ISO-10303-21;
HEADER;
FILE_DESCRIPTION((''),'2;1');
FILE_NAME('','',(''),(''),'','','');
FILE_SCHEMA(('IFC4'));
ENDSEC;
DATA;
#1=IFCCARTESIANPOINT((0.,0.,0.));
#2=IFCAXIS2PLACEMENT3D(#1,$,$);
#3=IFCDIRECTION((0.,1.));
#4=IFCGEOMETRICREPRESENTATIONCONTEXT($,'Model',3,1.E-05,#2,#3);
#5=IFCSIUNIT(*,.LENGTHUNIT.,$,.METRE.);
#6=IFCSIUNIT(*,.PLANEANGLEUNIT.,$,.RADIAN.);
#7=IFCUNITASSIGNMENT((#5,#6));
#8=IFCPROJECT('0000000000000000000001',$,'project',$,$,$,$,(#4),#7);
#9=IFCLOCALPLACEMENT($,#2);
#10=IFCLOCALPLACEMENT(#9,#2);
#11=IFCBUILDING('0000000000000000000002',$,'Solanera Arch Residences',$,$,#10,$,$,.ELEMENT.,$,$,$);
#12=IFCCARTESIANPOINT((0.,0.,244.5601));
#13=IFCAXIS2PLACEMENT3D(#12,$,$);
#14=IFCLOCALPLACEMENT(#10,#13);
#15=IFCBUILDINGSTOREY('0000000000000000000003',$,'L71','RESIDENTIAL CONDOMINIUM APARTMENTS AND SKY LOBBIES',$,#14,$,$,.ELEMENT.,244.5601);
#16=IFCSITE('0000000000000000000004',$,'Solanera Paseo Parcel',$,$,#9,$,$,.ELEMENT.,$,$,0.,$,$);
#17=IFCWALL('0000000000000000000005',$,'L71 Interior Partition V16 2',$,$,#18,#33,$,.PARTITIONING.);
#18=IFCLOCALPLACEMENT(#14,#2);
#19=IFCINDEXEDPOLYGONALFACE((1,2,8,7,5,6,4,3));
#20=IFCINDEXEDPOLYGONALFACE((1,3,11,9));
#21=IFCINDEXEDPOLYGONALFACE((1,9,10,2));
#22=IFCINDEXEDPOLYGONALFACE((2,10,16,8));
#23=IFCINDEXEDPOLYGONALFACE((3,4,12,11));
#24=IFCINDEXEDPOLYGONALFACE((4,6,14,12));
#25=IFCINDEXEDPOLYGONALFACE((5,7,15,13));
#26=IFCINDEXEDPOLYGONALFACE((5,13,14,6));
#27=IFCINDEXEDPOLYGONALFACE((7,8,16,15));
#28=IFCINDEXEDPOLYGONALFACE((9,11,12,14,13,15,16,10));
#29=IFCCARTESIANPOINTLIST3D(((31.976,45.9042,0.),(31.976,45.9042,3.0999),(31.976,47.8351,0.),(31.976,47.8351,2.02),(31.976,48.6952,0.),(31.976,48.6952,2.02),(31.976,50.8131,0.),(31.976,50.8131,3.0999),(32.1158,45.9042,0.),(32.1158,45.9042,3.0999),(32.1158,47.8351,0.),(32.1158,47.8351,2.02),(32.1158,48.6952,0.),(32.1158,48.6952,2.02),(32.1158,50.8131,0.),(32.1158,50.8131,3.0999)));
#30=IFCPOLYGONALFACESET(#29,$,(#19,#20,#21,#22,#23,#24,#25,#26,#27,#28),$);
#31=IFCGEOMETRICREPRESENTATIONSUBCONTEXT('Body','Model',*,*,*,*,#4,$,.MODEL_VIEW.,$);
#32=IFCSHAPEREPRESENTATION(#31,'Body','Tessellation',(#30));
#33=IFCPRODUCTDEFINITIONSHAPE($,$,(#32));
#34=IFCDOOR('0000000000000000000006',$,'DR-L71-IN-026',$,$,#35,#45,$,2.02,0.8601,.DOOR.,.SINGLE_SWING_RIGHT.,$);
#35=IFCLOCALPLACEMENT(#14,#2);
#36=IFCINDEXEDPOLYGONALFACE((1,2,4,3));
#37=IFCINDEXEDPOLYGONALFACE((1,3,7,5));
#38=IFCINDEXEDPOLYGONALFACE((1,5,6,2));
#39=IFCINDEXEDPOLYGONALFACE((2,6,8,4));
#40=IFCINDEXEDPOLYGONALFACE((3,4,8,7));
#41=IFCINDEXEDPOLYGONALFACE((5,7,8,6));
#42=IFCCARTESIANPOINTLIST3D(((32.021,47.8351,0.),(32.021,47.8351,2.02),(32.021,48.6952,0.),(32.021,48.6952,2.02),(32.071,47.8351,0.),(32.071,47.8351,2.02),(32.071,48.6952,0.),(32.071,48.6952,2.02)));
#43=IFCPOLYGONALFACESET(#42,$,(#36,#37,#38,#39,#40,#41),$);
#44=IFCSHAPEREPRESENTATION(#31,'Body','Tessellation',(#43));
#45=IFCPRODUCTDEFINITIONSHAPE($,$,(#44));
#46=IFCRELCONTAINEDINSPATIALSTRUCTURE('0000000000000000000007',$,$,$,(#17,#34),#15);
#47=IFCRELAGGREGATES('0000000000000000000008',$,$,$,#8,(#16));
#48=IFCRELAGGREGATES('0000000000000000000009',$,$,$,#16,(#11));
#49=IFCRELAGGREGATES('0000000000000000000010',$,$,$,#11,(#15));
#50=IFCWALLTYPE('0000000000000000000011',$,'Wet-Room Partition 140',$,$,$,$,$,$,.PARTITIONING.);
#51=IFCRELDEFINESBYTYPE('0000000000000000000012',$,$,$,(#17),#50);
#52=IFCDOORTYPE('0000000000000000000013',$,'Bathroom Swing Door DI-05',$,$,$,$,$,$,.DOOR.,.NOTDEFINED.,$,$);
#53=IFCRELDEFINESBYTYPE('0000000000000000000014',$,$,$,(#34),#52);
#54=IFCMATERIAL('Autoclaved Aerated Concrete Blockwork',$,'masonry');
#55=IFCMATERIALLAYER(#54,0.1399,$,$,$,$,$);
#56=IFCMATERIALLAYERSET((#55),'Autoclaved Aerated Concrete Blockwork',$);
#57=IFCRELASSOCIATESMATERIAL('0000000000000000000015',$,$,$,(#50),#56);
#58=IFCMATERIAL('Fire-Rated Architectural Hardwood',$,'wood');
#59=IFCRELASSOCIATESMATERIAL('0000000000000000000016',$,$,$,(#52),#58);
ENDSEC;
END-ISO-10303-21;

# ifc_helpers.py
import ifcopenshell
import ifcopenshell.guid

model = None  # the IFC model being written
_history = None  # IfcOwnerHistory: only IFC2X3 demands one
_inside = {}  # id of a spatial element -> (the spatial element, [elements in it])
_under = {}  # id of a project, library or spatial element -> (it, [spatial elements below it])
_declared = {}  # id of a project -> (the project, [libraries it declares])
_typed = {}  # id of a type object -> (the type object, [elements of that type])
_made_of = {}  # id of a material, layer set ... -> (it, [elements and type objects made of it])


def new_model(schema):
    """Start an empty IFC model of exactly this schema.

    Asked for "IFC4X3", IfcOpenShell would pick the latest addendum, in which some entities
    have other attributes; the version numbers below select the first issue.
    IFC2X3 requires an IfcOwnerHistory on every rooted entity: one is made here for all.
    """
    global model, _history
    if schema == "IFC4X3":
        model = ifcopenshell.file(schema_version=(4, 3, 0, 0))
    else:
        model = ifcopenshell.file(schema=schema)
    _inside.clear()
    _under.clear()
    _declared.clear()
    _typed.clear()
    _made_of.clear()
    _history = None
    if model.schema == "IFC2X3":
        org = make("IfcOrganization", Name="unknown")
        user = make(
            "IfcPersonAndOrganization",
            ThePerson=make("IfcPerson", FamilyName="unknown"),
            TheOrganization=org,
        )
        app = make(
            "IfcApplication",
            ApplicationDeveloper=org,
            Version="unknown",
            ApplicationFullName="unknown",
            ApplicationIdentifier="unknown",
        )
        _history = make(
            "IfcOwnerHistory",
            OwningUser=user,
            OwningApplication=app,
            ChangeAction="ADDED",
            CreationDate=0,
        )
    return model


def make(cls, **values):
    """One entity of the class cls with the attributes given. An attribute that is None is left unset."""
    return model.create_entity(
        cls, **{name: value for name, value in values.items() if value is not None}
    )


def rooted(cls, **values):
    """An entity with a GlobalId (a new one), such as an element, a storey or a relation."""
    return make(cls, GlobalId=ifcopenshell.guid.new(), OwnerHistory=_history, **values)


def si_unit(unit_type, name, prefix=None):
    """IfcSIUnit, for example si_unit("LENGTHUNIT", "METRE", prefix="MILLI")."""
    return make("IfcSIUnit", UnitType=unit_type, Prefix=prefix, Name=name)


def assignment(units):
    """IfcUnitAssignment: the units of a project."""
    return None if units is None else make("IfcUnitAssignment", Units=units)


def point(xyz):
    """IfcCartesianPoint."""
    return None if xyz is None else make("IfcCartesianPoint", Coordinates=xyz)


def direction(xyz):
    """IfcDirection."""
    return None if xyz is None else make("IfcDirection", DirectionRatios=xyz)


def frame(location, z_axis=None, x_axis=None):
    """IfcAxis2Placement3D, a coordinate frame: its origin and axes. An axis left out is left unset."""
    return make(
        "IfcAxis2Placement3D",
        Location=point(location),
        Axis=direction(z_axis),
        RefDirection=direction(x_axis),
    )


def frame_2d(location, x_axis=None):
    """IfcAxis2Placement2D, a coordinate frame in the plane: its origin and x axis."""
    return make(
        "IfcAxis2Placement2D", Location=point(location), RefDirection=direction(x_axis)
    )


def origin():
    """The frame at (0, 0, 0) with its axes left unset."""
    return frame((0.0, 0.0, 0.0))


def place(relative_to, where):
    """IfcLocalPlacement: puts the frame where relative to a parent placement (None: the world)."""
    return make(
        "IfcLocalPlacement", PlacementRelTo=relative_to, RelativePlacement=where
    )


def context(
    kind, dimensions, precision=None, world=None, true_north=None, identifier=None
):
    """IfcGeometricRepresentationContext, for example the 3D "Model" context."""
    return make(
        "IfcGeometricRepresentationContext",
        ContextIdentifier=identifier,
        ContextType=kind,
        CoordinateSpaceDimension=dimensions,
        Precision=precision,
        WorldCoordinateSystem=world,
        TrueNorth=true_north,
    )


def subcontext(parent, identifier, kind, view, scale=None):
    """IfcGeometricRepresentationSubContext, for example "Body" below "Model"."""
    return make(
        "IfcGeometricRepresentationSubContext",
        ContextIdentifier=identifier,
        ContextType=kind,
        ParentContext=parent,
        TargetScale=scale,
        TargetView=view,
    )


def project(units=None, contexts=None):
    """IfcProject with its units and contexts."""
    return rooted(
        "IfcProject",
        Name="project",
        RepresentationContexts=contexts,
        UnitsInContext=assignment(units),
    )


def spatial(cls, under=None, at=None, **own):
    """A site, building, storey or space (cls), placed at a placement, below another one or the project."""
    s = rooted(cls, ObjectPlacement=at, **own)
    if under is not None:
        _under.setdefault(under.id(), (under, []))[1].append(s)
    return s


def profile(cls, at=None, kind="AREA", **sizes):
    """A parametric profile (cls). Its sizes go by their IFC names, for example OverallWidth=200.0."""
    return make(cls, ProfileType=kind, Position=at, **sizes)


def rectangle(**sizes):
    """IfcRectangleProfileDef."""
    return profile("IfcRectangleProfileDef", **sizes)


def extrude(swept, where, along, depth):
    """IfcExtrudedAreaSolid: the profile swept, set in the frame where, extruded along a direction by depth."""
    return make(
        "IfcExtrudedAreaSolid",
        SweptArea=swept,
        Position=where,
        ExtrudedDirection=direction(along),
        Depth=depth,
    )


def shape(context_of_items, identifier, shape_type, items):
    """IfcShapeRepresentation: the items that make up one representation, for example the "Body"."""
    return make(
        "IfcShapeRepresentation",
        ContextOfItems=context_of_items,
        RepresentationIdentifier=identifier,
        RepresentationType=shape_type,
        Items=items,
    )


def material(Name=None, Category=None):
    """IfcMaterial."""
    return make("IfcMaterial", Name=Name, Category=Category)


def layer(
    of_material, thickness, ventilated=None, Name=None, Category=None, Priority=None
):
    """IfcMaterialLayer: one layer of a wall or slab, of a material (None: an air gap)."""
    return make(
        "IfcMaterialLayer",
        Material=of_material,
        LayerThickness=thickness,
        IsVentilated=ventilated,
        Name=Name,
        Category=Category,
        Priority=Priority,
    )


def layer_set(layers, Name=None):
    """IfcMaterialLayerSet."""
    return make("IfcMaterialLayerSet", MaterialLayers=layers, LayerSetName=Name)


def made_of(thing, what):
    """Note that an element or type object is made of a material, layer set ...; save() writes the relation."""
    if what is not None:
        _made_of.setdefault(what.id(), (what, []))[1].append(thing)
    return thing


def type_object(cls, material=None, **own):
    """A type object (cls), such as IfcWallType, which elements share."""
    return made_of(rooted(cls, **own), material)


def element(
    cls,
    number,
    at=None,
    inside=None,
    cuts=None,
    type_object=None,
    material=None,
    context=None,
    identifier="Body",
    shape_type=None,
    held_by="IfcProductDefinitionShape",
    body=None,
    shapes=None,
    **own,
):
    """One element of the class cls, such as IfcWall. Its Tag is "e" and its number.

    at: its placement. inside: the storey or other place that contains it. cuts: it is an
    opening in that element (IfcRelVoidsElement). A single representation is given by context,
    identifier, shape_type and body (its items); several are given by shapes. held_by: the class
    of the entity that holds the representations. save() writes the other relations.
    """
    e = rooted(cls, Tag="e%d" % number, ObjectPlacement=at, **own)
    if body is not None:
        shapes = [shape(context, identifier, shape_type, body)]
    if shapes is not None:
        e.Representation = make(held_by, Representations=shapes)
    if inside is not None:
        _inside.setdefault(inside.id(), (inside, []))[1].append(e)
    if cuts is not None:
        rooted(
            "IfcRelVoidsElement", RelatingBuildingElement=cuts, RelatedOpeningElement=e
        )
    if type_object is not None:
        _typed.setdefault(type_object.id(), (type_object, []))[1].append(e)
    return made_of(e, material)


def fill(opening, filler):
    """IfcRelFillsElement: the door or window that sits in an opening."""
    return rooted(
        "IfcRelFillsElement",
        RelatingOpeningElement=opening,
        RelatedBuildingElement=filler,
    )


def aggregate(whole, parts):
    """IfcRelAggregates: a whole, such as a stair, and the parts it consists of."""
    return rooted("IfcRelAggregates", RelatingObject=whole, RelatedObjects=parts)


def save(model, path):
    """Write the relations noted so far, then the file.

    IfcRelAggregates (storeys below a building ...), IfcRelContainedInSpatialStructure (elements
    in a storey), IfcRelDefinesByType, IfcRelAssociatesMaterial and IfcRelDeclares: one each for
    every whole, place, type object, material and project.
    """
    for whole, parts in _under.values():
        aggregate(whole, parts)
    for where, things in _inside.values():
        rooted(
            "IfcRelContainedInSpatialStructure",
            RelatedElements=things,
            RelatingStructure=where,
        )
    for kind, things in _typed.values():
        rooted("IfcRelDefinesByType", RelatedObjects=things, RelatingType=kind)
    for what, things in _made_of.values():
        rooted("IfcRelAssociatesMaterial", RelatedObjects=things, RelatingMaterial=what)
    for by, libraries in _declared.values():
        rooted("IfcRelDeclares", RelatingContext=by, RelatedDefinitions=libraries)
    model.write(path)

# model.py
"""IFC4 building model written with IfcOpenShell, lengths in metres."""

from ifc_helpers import new_model, si_unit, direction, frame, frame_2d, origin, place, context, subcontext, project, spatial, rectangle, extrude, material, layer, layer_set, type_object, element, fill, save


model = new_model("IFC4")

# Units and contexts
model_context = context("Model", 3, precision=1e-05, world=origin(), true_north=direction((0.0, 1.0)))
body_context = subcontext(model_context, "Body", "Model", "MODEL_VIEW")
ifc_project = project(units=[si_unit("LENGTHUNIT", "METRE"), si_unit("PLANEANGLEUNIT", "RADIAN")], contexts=[model_context])

# Site, building, storey
site_placement = place(None, origin())
site = spatial("IfcSite", under=ifc_project, at=site_placement, Name="Solanera Paseo Parcel", CompositionType="ELEMENT", RefElevation=0.0)
building_placement = place(site_placement, origin())
building = spatial("IfcBuilding", under=site, at=building_placement, Name="Solanera Arch Residences", CompositionType="ELEMENT")
storey_placement = place(building_placement, frame((0.0, 0.0, 244.5601)))
storey = spatial("IfcBuildingStorey", under=building, at=storey_placement, Name="L71", Description="RESIDENTIAL CONDOMINIUM APARTMENTS AND SKY LOBBIES", CompositionType="ELEMENT", Elevation=244.5601)

# Shared definitions
ifc_material_1 = material(Name="Autoclaved Aerated Concrete Blockwork", Category="masonry")
ifc_layer_1 = layer(ifc_material_1, 0.1399)
ifc_layer_set_1 = layer_set([ifc_layer_1], Name="Autoclaved Aerated Concrete Blockwork")
wall_type_1 = type_object("IfcWallType", Name="Wet-Room Partition 140", PredefinedType="PARTITIONING", material=ifc_layer_set_1)

# Shared definitions
ifc_material_2 = material(Name="Fire-Rated Architectural Hardwood", Category="wood")
door_type_1 = type_object("IfcDoorType", Name="Bathroom Swing Door DI-05", OperationType="NOTDEFINED", PredefinedType="DOOR", material=ifc_material_2)

# Wall, opening, door
wall_1_placement = place(storey_placement, frame((32.0459, 45.9041, 0.0), z_axis=(0.0, 0.0, 1.0), x_axis=(0.0, 1.0, 0.0)))
wall_1 = element("IfcWall", 1, at=wall_1_placement, inside=storey, type_object=wall_type_1, Name="L71 Interior Partition V16 2", PredefinedType="PARTITIONING", context=body_context, shape_type="SweptSolid", body=[
    extrude(rectangle(XDim=4.9089, YDim=0.1399, at=frame_2d((2.4546, 0.0))), origin(), (0.0, 0.0, 1.0), 3.0999),
])
opening_1_placement = place(wall_1_placement, frame((1.9309, 0.0, 0.0)))
opening_1 = element("IfcOpeningElement", 2, at=opening_1_placement, cuts=wall_1, PredefinedType="OPENING", context=body_context, shape_type="SweptSolid", body=[
    extrude(rectangle(XDim=0.8601, YDim=2.02, at=frame_2d((0.4302, 1.01))), frame((0.0, 0.0798, 0.0), z_axis=(0.0, -1.0, 0.0), x_axis=(1.0, 0.0, 0.0)), (0.0, 0.0, 1.0), 0.1599),
])
door_1_placement = place(opening_1_placement, origin())
door_1 = element("IfcDoor", 3, at=door_1_placement, inside=storey, type_object=door_type_1, Name="DR-L71-IN-026", OperationType="SINGLE_SWING_RIGHT", OverallHeight=2.02, OverallWidth=0.8601, PredefinedType="DOOR", context=body_context, shape_type="SweptSolid", body=[
    extrude(rectangle(XDim=0.8601, YDim=2.02, at=frame_2d((0.4302, 1.01))), frame((0.0, 0.0249, 0.0), z_axis=(0.0, -1.0, 0.0), x_axis=(1.0, 0.0, 0.0)), (0.0, 0.0, 1.0), 0.05),
])
fill(opening_1, door_1)

save(model, "model.ifc")
